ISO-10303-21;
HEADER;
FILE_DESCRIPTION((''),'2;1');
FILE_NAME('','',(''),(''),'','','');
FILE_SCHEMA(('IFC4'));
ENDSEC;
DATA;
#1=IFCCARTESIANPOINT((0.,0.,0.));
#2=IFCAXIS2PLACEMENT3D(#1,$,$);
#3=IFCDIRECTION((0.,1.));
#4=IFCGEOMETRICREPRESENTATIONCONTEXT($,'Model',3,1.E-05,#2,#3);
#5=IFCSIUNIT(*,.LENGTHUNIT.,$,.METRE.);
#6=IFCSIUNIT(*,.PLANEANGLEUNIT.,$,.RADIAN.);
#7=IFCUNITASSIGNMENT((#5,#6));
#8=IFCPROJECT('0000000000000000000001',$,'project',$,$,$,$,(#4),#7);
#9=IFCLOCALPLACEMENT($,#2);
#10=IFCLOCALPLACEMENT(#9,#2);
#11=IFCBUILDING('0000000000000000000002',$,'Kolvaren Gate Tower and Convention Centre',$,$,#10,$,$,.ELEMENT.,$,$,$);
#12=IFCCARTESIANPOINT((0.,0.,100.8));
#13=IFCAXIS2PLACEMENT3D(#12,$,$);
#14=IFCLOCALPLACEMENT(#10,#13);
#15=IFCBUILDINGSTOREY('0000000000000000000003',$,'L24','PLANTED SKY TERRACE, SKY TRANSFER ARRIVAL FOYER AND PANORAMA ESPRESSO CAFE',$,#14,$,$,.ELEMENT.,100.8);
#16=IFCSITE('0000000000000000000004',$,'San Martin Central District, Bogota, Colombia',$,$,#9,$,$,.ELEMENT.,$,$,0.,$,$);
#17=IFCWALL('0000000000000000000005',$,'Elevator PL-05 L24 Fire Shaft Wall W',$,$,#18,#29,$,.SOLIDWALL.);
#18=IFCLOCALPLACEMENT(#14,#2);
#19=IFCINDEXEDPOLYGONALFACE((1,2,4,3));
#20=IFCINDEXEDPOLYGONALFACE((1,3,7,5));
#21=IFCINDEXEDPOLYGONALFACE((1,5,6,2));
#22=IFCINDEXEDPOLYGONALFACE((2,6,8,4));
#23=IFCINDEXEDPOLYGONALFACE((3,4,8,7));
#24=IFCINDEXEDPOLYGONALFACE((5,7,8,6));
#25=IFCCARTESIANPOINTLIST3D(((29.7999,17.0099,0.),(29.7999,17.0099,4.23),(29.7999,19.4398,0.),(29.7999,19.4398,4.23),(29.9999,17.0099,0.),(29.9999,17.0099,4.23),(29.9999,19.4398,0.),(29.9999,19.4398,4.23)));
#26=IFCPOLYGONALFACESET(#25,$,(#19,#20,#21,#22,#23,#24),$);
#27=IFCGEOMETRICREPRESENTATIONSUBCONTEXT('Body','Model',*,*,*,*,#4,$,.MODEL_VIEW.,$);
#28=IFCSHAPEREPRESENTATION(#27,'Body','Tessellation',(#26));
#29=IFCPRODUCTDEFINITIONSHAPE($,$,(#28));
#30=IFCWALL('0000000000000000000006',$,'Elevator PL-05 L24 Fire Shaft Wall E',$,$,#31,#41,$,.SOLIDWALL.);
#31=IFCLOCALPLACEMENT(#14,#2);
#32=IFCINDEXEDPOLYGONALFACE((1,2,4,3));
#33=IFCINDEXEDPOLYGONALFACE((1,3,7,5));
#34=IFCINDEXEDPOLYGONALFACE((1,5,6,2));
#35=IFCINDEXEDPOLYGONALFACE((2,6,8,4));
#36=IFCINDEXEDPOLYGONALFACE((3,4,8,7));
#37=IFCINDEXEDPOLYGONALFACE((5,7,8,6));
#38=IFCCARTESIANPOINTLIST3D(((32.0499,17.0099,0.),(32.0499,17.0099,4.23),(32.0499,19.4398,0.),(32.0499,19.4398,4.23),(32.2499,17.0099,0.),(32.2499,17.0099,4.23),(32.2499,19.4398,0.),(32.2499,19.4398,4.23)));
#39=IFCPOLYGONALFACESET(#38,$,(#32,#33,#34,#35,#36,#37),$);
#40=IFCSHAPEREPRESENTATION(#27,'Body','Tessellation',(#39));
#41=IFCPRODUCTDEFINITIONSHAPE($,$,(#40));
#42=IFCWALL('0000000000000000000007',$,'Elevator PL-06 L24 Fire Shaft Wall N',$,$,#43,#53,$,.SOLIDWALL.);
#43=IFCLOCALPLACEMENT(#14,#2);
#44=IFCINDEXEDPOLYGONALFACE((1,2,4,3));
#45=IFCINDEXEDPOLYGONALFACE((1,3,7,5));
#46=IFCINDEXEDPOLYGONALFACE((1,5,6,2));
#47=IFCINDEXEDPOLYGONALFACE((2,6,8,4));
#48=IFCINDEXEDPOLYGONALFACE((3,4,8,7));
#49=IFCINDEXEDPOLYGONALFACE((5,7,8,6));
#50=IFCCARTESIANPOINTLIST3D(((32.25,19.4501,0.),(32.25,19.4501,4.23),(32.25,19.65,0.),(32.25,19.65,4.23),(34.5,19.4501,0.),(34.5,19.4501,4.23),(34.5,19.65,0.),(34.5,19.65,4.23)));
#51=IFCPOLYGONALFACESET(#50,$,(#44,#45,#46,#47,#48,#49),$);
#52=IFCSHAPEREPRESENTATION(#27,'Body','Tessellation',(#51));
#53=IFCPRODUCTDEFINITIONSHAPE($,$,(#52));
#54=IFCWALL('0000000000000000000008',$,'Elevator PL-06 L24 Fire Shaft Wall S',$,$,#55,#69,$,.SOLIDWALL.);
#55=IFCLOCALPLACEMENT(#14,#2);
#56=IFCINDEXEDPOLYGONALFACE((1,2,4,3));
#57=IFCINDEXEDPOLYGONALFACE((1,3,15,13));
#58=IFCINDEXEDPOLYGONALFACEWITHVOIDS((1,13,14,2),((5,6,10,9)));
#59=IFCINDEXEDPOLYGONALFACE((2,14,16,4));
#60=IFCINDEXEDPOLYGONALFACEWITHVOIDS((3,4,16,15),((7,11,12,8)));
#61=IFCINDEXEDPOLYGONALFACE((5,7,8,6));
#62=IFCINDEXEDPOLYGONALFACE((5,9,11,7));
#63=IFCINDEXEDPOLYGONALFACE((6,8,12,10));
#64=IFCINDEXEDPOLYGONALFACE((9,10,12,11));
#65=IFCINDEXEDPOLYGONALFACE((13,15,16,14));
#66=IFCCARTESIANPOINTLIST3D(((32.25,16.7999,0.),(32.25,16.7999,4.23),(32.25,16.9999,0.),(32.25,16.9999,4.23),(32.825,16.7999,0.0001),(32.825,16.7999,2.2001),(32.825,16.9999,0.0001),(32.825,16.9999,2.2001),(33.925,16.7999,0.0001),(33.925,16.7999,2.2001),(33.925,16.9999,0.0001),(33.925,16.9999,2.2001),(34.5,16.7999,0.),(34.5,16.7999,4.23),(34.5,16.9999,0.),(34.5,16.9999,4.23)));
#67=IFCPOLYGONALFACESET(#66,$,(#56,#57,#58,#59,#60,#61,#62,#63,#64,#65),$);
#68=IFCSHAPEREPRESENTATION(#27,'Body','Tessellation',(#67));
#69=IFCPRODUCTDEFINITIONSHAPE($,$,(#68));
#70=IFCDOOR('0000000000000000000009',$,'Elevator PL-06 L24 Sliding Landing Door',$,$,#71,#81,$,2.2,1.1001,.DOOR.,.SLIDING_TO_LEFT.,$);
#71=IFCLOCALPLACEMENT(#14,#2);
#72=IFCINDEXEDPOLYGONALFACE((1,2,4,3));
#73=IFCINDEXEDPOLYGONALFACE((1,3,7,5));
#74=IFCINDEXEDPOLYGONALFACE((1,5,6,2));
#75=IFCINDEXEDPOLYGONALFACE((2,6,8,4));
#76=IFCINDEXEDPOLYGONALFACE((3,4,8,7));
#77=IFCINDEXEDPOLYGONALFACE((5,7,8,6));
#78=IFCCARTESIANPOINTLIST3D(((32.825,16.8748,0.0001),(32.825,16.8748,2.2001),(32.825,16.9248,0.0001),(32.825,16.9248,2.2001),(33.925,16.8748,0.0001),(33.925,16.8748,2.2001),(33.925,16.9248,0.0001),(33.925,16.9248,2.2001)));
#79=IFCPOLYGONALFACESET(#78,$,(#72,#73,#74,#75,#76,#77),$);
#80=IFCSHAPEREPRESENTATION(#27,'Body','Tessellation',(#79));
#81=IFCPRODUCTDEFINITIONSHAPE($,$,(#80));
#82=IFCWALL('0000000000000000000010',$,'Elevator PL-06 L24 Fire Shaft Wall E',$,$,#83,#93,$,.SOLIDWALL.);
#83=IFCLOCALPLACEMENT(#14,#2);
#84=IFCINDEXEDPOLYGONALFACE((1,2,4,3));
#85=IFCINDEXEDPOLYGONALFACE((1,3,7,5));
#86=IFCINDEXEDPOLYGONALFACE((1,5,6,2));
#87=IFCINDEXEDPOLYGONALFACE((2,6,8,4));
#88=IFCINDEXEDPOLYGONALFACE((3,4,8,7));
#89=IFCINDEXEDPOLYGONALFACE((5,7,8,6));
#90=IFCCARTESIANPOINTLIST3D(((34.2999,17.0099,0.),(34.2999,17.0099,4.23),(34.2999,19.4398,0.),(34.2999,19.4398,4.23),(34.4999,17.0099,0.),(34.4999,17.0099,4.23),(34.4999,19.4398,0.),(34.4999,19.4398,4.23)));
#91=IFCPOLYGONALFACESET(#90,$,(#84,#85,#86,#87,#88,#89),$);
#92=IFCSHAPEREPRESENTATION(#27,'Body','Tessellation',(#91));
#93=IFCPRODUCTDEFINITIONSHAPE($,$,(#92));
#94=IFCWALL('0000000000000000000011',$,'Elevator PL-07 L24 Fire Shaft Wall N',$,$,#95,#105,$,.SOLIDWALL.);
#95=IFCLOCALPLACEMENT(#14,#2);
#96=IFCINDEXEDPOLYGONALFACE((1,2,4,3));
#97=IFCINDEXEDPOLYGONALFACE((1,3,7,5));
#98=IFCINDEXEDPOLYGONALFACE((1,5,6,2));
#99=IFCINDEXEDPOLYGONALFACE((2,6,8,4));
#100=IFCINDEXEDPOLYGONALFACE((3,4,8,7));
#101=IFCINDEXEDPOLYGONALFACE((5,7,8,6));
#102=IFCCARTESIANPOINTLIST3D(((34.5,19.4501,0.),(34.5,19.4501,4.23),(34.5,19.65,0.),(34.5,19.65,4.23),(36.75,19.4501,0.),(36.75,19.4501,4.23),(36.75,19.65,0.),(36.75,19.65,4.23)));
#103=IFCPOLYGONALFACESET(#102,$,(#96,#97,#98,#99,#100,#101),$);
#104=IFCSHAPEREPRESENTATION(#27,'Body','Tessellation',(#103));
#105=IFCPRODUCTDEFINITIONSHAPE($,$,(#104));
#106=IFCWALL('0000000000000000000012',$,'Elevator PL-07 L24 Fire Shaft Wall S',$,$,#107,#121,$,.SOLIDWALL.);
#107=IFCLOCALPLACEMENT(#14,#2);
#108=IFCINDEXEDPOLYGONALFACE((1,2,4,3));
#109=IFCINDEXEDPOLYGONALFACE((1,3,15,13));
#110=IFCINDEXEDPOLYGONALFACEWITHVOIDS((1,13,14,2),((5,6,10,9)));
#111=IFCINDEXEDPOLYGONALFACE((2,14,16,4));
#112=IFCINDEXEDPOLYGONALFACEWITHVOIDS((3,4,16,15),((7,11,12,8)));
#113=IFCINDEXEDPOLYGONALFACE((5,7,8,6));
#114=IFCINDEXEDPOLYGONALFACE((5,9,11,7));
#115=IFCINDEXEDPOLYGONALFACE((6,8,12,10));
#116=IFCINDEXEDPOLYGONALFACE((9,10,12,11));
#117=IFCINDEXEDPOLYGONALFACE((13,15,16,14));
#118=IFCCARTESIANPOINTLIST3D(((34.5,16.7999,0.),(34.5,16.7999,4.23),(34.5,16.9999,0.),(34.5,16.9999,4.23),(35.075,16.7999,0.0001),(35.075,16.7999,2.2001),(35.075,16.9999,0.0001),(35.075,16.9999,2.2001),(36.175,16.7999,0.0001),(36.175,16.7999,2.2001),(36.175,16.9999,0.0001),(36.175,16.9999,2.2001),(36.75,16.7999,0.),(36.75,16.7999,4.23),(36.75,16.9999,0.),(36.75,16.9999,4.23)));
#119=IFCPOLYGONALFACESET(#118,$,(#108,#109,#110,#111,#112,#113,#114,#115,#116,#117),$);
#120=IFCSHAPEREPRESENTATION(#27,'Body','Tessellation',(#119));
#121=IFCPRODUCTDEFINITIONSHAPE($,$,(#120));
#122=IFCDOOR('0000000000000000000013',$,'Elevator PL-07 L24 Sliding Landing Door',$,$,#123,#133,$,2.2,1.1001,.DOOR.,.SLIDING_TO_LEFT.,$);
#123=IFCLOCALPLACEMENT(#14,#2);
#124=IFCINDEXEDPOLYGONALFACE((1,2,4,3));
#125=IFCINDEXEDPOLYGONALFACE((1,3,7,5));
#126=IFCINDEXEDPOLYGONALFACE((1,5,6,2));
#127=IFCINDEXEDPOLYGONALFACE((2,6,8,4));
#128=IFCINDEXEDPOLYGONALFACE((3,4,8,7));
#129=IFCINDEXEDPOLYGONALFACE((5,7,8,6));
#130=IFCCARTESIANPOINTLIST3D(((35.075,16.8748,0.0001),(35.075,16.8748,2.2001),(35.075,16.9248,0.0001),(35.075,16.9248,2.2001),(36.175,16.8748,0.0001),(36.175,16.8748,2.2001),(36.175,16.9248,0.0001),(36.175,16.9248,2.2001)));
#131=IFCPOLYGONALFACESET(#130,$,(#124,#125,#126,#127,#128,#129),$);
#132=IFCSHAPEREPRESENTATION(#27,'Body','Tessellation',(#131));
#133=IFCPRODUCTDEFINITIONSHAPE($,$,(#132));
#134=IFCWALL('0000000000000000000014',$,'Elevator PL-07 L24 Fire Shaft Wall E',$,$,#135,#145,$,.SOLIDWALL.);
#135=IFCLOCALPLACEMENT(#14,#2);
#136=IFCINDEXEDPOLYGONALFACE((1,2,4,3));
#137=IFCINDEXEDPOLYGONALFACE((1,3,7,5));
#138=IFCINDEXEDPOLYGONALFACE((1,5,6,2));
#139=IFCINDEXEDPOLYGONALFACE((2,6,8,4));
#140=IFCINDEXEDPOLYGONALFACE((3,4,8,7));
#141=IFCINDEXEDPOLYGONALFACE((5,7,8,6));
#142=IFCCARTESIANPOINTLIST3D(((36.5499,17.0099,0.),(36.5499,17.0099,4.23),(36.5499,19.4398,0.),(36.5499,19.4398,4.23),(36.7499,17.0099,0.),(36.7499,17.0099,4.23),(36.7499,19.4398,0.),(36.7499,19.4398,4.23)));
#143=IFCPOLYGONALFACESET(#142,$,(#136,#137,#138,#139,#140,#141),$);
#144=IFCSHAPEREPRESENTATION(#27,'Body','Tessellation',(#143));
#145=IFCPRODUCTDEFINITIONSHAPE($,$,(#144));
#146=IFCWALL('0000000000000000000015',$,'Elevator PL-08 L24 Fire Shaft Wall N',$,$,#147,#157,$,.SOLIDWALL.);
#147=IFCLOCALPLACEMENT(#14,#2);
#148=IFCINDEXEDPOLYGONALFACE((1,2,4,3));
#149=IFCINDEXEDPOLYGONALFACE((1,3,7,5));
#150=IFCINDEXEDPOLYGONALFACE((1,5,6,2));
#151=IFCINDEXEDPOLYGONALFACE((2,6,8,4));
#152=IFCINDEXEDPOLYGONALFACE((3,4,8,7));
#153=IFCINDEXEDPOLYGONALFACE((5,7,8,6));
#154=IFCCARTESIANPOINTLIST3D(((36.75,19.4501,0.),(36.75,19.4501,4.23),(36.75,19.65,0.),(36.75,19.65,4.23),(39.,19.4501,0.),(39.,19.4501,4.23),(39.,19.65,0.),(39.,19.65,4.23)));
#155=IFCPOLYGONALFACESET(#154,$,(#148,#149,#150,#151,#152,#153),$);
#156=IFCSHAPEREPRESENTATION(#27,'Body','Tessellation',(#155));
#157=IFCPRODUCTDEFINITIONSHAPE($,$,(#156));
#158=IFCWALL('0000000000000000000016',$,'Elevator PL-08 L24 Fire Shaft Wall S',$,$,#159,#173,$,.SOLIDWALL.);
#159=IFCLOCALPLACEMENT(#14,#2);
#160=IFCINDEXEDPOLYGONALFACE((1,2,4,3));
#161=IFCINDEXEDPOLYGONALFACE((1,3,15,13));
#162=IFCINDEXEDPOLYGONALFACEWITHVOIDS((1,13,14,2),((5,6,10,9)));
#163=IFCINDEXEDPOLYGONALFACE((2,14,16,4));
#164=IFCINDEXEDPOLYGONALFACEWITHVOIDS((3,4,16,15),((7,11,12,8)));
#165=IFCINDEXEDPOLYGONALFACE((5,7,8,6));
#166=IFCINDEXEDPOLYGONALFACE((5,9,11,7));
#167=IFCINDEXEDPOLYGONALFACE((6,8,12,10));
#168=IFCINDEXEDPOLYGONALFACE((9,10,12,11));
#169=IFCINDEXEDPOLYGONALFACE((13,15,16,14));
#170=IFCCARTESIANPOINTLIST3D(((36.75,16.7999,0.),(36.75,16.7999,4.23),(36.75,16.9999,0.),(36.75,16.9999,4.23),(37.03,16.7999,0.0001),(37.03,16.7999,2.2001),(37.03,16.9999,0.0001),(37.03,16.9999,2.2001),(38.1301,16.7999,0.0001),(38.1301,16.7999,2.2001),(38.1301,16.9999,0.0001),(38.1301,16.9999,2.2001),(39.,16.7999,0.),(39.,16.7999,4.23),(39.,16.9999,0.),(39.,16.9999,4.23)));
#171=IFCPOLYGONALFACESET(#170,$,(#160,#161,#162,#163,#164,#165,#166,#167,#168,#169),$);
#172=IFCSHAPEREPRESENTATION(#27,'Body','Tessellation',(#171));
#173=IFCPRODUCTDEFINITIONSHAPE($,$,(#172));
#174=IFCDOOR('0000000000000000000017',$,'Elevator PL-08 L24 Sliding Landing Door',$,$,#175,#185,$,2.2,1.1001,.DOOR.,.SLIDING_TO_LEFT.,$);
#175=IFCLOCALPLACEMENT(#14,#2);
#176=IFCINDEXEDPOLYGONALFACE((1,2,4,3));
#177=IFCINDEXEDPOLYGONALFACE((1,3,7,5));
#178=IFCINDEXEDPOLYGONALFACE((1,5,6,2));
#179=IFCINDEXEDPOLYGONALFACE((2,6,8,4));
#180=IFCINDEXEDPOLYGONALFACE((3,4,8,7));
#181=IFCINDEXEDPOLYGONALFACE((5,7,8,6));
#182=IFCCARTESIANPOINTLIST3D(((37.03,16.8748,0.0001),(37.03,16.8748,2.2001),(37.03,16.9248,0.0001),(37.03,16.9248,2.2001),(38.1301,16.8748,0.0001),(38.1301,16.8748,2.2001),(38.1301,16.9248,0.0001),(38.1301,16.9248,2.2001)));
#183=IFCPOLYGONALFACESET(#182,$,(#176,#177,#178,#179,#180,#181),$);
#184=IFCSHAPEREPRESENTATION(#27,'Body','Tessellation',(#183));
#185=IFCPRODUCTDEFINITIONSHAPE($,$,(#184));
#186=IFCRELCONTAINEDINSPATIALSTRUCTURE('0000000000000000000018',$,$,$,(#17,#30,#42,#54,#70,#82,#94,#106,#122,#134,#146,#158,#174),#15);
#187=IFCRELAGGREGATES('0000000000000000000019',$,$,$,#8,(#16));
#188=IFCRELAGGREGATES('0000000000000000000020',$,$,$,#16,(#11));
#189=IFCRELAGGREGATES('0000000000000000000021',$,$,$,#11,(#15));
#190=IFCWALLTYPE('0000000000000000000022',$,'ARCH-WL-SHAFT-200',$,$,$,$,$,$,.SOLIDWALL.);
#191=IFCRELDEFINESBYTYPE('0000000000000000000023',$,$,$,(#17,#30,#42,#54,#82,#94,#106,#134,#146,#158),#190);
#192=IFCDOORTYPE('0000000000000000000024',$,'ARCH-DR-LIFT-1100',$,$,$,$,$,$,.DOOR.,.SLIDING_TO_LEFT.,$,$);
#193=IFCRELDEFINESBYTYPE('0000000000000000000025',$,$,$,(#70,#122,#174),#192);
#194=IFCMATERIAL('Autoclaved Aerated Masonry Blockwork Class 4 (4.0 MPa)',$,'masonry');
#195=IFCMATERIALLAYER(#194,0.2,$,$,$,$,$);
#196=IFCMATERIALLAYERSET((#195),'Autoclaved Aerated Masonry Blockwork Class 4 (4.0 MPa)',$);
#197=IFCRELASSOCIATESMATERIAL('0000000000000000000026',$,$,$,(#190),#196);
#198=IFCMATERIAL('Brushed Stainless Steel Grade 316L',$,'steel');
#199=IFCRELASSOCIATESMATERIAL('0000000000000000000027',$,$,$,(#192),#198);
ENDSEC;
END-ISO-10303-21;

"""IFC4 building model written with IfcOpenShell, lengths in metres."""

from ifc_helpers import new_model, si_unit, direction, frame, frame_2d, origin, place, context, subcontext, project, spatial, rectangle, extrude, material, layer, layer_set, type_object, element, fill, save


model = new_model("IFC4")

# Units and contexts
model_context = context("Model", 3, precision=1e-05, world=origin(), true_north=direction((0.0, 1.0)))
body_context = subcontext(model_context, "Body", "Model", "MODEL_VIEW")
ifc_project = project(units=[si_unit("LENGTHUNIT", "METRE"), si_unit("PLANEANGLEUNIT", "RADIAN")], contexts=[model_context])

# Site, building, storey
site_placement = place(None, origin())
site = spatial("IfcSite", under=ifc_project, at=site_placement, Name="San Martin Central District, Bogota, Colombia", CompositionType="ELEMENT", RefElevation=0.0)
building_placement = place(site_placement, origin())
building = spatial("IfcBuilding", under=site, at=building_placement, Name="Kolvaren Gate Tower and Convention Centre", CompositionType="ELEMENT")
storey_placement = place(building_placement, frame((0.0, 0.0, 100.8)))
storey = spatial("IfcBuildingStorey", under=building, at=storey_placement, Name="L24", Description="PLANTED SKY TERRACE, SKY TRANSFER ARRIVAL FOYER AND PANORAMA ESPRESSO CAFE", CompositionType="ELEMENT", Elevation=100.8)

# Shared definitions
ifc_material_1 = material(Name="Autoclaved Aerated Masonry Blockwork Class 4 (4.0 MPa)", Category="masonry")
ifc_layer_1 = layer(ifc_material_1, 0.2)
ifc_layer_set_1 = layer_set([ifc_layer_1], Name="Autoclaved Aerated Masonry Blockwork Class 4 (4.0 MPa)")
wall_type_1 = type_object("IfcWallType", Name="ARCH-WL-SHAFT-200", PredefinedType="SOLIDWALL", material=ifc_layer_set_1)

# Shared definitions
ifc_material_2 = material(Name="Brushed Stainless Steel Grade 316L", Category="steel")
door_type = type_object("IfcDoorType", Name="ARCH-DR-LIFT-1100", OperationType="SLIDING_TO_LEFT", PredefinedType="DOOR", material=ifc_material_2)

# Walls
for number, where, z_axis, x_axis, name in (
    (1, (29.8999, 17.01, 0.0), (0.0, 0.0, 1.0), (0.0, 1.0, 0.0), "Elevator PL-05 L24 Fire Shaft Wall W"),
    (2, (32.1499, 17.01, 0.0), (0.0, 0.0, 1.0), (0.0, 1.0, 0.0), "Elevator PL-05 L24 Fire Shaft Wall E"),
):
    element("IfcWall", number, at=place(storey_placement, frame(where, z_axis=z_axis, x_axis=x_axis)), inside=storey, type_object=wall_type_1, Name=name, PredefinedType="SOLIDWALL", context=body_context, shape_type="SweptSolid", body=[
        extrude(rectangle(XDim=2.4299, YDim=0.2, at=frame_2d((1.2148, 0.0))), origin(), (0.0, 0.0, 1.0), 4.23),
    ])
wall_1_placement = place(storey_placement, frame((32.25, 19.55, 0.0), z_axis=(0.0, 0.0, 1.0), x_axis=(1.0, 0.0, 0.0)))
element("IfcWall", 3, at=wall_1_placement, inside=storey, type_object=wall_type_1, Name="Elevator PL-06 L24 Fire Shaft Wall N", PredefinedType="SOLIDWALL", context=body_context, shape_type="SweptSolid", body=[
    extrude(rectangle(XDim=2.25, YDim=0.2, at=frame_2d((1.125, 0.0))), origin(), (0.0, 0.0, 1.0), 4.23),
])

# Wall, opening, door
wall_2_placement = place(storey_placement, frame((32.25, 16.8999, 0.0), z_axis=(0.0, 0.0, 1.0), x_axis=(1.0, 0.0, 0.0)))
wall_2 = element("IfcWall", 4, at=wall_2_placement, inside=storey, type_object=wall_type_1, Name="Elevator PL-06 L24 Fire Shaft Wall S", PredefinedType="SOLIDWALL", context=body_context, shape_type="SweptSolid", body=[
    extrude(rectangle(XDim=2.25, YDim=0.2, at=frame_2d((1.125, 0.0))), origin(), (0.0, 0.0, 1.0), 4.23),
])
opening_1_placement = place(wall_2_placement, frame((0.575, 0.0, 0.0)))
opening_1 = element("IfcOpeningElement", 5, at=opening_1_placement, cuts=wall_2, PredefinedType="OPENING", context=body_context, shape_type="SweptSolid", body=[
    extrude(rectangle(XDim=1.1001, YDim=2.2, at=frame_2d((0.55, 1.1001))), frame((0.0, 0.1099, 0.0), z_axis=(0.0, -1.0, 0.0), x_axis=(1.0, 0.0, 0.0)), (0.0, 0.0, 1.0), 0.22),
])
door_1_placement = place(opening_1_placement, origin())
door_1 = element("IfcDoor", 6, at=door_1_placement, inside=storey, type_object=door_type, Name="Elevator PL-06 L24 Sliding Landing Door", OperationType="SLIDING_TO_LEFT", OverallHeight=2.2, OverallWidth=1.1001, PredefinedType="DOOR", context=body_context, shape_type="SweptSolid", body=[
    extrude(rectangle(XDim=1.1001, YDim=2.2, at=frame_2d((0.55, 1.1001))), frame((0.0, 0.0249, 0.0), z_axis=(0.0, -1.0, 0.0), x_axis=(1.0, 0.0, 0.0)), (0.0, 0.0, 1.0), 0.05),
])
fill(opening_1, door_1)

# Walls
wall_3_placement = place(storey_placement, frame((34.3999, 17.01, 0.0), z_axis=(0.0, 0.0, 1.0), x_axis=(0.0, 1.0, 0.0)))
element("IfcWall", 7, at=wall_3_placement, inside=storey, type_object=wall_type_1, Name="Elevator PL-06 L24 Fire Shaft Wall E", PredefinedType="SOLIDWALL", context=body_context, shape_type="SweptSolid", body=[
    extrude(rectangle(XDim=2.4299, YDim=0.2, at=frame_2d((1.2148, 0.0))), origin(), (0.0, 0.0, 1.0), 4.23),
])
wall_4_placement = place(storey_placement, frame((34.5, 19.55, 0.0), z_axis=(0.0, 0.0, 1.0), x_axis=(1.0, 0.0, 0.0)))
element("IfcWall", 8, at=wall_4_placement, inside=storey, type_object=wall_type_1, Name="Elevator PL-07 L24 Fire Shaft Wall N", PredefinedType="SOLIDWALL", context=body_context, shape_type="SweptSolid", body=[
    extrude(rectangle(XDim=2.25, YDim=0.2, at=frame_2d((1.125, 0.0))), origin(), (0.0, 0.0, 1.0), 4.23),
])

# Wall, opening, door
wall_5_placement = place(storey_placement, frame((34.5, 16.8999, 0.0), z_axis=(0.0, 0.0, 1.0), x_axis=(1.0, 0.0, 0.0)))
wall_5 = element("IfcWall", 9, at=wall_5_placement, inside=storey, type_object=wall_type_1, Name="Elevator PL-07 L24 Fire Shaft Wall S", PredefinedType="SOLIDWALL", context=body_context, shape_type="SweptSolid", body=[
    extrude(rectangle(XDim=2.25, YDim=0.2, at=frame_2d((1.125, 0.0))), origin(), (0.0, 0.0, 1.0), 4.23),
])
opening_2_placement = place(wall_5_placement, frame((0.575, 0.0, 0.0)))
opening_2 = element("IfcOpeningElement", 10, at=opening_2_placement, cuts=wall_5, PredefinedType="OPENING", context=body_context, shape_type="SweptSolid", body=[
    extrude(rectangle(XDim=1.1001, YDim=2.2, at=frame_2d((0.55, 1.1001))), frame((0.0, 0.1099, 0.0), z_axis=(0.0, -1.0, 0.0), x_axis=(1.0, 0.0, 0.0)), (0.0, 0.0, 1.0), 0.22),
])
door_2_placement = place(opening_2_placement, origin())
door_2 = element("IfcDoor", 11, at=door_2_placement, inside=storey, type_object=door_type, Name="Elevator PL-07 L24 Sliding Landing Door", OperationType="SLIDING_TO_LEFT", OverallHeight=2.2, OverallWidth=1.1001, PredefinedType="DOOR", context=body_context, shape_type="SweptSolid", body=[
    extrude(rectangle(XDim=1.1001, YDim=2.2, at=frame_2d((0.55, 1.1001))), frame((0.0, 0.0249, 0.0), z_axis=(0.0, -1.0, 0.0), x_axis=(1.0, 0.0, 0.0)), (0.0, 0.0, 1.0), 0.05),
])
fill(opening_2, door_2)

# Walls
wall_6_placement = place(storey_placement, frame((36.6499, 17.01, 0.0), z_axis=(0.0, 0.0, 1.0), x_axis=(0.0, 1.0, 0.0)))
element("IfcWall", 12, at=wall_6_placement, inside=storey, type_object=wall_type_1, Name="Elevator PL-07 L24 Fire Shaft Wall E", PredefinedType="SOLIDWALL", context=body_context, shape_type="SweptSolid", body=[
    extrude(rectangle(XDim=2.4299, YDim=0.2, at=frame_2d((1.2148, 0.0))), origin(), (0.0, 0.0, 1.0), 4.23),
])
wall_7_placement = place(storey_placement, frame((36.75, 19.55, 0.0), z_axis=(0.0, 0.0, 1.0), x_axis=(1.0, 0.0, 0.0)))
element("IfcWall", 13, at=wall_7_placement, inside=storey, type_object=wall_type_1, Name="Elevator PL-08 L24 Fire Shaft Wall N", PredefinedType="SOLIDWALL", context=body_context, shape_type="SweptSolid", body=[
    extrude(rectangle(XDim=2.25, YDim=0.2, at=frame_2d((1.125, 0.0))), origin(), (0.0, 0.0, 1.0), 4.23),
])

# Wall, opening, door
wall_8_placement = place(storey_placement, frame((36.75, 16.8999, 0.0), z_axis=(0.0, 0.0, 1.0), x_axis=(1.0, 0.0, 0.0)))
wall_8 = element("IfcWall", 14, at=wall_8_placement, inside=storey, type_object=wall_type_1, Name="Elevator PL-08 L24 Fire Shaft Wall S", PredefinedType="SOLIDWALL", context=body_context, shape_type="SweptSolid", body=[
    extrude(rectangle(XDim=2.25, YDim=0.2, at=frame_2d((1.125, 0.0))), origin(), (0.0, 0.0, 1.0), 4.23),
])
opening_3_placement = place(wall_8_placement, frame((0.28, 0.0, 0.0)))
opening_3 = element("IfcOpeningElement", 15, at=opening_3_placement, cuts=wall_8, PredefinedType="OPENING", context=body_context, shape_type="SweptSolid", body=[
    extrude(rectangle(XDim=1.1001, YDim=2.2, at=frame_2d((0.55, 1.1001))), frame((0.0, 0.1099, 0.0), z_axis=(0.0, -1.0, 0.0), x_axis=(1.0, 0.0, 0.0)), (0.0, 0.0, 1.0), 0.22),
])
door_3_placement = place(opening_3_placement, origin())
door_3 = element("IfcDoor", 16, at=door_3_placement, inside=storey, type_object=door_type, Name="Elevator PL-08 L24 Sliding Landing Door", OperationType="SLIDING_TO_LEFT", OverallHeight=2.2, OverallWidth=1.1001, PredefinedType="DOOR", context=body_context, shape_type="SweptSolid", body=[
    extrude(rectangle(XDim=1.1001, YDim=2.2, at=frame_2d((0.55, 1.1001))), frame((0.0, 0.0249, 0.0), z_axis=(0.0, -1.0, 0.0), x_axis=(1.0, 0.0, 0.0)), (0.0, 0.0, 1.0), 0.05),
])
fill(opening_3, door_3)

save(model, "model.ifc")
